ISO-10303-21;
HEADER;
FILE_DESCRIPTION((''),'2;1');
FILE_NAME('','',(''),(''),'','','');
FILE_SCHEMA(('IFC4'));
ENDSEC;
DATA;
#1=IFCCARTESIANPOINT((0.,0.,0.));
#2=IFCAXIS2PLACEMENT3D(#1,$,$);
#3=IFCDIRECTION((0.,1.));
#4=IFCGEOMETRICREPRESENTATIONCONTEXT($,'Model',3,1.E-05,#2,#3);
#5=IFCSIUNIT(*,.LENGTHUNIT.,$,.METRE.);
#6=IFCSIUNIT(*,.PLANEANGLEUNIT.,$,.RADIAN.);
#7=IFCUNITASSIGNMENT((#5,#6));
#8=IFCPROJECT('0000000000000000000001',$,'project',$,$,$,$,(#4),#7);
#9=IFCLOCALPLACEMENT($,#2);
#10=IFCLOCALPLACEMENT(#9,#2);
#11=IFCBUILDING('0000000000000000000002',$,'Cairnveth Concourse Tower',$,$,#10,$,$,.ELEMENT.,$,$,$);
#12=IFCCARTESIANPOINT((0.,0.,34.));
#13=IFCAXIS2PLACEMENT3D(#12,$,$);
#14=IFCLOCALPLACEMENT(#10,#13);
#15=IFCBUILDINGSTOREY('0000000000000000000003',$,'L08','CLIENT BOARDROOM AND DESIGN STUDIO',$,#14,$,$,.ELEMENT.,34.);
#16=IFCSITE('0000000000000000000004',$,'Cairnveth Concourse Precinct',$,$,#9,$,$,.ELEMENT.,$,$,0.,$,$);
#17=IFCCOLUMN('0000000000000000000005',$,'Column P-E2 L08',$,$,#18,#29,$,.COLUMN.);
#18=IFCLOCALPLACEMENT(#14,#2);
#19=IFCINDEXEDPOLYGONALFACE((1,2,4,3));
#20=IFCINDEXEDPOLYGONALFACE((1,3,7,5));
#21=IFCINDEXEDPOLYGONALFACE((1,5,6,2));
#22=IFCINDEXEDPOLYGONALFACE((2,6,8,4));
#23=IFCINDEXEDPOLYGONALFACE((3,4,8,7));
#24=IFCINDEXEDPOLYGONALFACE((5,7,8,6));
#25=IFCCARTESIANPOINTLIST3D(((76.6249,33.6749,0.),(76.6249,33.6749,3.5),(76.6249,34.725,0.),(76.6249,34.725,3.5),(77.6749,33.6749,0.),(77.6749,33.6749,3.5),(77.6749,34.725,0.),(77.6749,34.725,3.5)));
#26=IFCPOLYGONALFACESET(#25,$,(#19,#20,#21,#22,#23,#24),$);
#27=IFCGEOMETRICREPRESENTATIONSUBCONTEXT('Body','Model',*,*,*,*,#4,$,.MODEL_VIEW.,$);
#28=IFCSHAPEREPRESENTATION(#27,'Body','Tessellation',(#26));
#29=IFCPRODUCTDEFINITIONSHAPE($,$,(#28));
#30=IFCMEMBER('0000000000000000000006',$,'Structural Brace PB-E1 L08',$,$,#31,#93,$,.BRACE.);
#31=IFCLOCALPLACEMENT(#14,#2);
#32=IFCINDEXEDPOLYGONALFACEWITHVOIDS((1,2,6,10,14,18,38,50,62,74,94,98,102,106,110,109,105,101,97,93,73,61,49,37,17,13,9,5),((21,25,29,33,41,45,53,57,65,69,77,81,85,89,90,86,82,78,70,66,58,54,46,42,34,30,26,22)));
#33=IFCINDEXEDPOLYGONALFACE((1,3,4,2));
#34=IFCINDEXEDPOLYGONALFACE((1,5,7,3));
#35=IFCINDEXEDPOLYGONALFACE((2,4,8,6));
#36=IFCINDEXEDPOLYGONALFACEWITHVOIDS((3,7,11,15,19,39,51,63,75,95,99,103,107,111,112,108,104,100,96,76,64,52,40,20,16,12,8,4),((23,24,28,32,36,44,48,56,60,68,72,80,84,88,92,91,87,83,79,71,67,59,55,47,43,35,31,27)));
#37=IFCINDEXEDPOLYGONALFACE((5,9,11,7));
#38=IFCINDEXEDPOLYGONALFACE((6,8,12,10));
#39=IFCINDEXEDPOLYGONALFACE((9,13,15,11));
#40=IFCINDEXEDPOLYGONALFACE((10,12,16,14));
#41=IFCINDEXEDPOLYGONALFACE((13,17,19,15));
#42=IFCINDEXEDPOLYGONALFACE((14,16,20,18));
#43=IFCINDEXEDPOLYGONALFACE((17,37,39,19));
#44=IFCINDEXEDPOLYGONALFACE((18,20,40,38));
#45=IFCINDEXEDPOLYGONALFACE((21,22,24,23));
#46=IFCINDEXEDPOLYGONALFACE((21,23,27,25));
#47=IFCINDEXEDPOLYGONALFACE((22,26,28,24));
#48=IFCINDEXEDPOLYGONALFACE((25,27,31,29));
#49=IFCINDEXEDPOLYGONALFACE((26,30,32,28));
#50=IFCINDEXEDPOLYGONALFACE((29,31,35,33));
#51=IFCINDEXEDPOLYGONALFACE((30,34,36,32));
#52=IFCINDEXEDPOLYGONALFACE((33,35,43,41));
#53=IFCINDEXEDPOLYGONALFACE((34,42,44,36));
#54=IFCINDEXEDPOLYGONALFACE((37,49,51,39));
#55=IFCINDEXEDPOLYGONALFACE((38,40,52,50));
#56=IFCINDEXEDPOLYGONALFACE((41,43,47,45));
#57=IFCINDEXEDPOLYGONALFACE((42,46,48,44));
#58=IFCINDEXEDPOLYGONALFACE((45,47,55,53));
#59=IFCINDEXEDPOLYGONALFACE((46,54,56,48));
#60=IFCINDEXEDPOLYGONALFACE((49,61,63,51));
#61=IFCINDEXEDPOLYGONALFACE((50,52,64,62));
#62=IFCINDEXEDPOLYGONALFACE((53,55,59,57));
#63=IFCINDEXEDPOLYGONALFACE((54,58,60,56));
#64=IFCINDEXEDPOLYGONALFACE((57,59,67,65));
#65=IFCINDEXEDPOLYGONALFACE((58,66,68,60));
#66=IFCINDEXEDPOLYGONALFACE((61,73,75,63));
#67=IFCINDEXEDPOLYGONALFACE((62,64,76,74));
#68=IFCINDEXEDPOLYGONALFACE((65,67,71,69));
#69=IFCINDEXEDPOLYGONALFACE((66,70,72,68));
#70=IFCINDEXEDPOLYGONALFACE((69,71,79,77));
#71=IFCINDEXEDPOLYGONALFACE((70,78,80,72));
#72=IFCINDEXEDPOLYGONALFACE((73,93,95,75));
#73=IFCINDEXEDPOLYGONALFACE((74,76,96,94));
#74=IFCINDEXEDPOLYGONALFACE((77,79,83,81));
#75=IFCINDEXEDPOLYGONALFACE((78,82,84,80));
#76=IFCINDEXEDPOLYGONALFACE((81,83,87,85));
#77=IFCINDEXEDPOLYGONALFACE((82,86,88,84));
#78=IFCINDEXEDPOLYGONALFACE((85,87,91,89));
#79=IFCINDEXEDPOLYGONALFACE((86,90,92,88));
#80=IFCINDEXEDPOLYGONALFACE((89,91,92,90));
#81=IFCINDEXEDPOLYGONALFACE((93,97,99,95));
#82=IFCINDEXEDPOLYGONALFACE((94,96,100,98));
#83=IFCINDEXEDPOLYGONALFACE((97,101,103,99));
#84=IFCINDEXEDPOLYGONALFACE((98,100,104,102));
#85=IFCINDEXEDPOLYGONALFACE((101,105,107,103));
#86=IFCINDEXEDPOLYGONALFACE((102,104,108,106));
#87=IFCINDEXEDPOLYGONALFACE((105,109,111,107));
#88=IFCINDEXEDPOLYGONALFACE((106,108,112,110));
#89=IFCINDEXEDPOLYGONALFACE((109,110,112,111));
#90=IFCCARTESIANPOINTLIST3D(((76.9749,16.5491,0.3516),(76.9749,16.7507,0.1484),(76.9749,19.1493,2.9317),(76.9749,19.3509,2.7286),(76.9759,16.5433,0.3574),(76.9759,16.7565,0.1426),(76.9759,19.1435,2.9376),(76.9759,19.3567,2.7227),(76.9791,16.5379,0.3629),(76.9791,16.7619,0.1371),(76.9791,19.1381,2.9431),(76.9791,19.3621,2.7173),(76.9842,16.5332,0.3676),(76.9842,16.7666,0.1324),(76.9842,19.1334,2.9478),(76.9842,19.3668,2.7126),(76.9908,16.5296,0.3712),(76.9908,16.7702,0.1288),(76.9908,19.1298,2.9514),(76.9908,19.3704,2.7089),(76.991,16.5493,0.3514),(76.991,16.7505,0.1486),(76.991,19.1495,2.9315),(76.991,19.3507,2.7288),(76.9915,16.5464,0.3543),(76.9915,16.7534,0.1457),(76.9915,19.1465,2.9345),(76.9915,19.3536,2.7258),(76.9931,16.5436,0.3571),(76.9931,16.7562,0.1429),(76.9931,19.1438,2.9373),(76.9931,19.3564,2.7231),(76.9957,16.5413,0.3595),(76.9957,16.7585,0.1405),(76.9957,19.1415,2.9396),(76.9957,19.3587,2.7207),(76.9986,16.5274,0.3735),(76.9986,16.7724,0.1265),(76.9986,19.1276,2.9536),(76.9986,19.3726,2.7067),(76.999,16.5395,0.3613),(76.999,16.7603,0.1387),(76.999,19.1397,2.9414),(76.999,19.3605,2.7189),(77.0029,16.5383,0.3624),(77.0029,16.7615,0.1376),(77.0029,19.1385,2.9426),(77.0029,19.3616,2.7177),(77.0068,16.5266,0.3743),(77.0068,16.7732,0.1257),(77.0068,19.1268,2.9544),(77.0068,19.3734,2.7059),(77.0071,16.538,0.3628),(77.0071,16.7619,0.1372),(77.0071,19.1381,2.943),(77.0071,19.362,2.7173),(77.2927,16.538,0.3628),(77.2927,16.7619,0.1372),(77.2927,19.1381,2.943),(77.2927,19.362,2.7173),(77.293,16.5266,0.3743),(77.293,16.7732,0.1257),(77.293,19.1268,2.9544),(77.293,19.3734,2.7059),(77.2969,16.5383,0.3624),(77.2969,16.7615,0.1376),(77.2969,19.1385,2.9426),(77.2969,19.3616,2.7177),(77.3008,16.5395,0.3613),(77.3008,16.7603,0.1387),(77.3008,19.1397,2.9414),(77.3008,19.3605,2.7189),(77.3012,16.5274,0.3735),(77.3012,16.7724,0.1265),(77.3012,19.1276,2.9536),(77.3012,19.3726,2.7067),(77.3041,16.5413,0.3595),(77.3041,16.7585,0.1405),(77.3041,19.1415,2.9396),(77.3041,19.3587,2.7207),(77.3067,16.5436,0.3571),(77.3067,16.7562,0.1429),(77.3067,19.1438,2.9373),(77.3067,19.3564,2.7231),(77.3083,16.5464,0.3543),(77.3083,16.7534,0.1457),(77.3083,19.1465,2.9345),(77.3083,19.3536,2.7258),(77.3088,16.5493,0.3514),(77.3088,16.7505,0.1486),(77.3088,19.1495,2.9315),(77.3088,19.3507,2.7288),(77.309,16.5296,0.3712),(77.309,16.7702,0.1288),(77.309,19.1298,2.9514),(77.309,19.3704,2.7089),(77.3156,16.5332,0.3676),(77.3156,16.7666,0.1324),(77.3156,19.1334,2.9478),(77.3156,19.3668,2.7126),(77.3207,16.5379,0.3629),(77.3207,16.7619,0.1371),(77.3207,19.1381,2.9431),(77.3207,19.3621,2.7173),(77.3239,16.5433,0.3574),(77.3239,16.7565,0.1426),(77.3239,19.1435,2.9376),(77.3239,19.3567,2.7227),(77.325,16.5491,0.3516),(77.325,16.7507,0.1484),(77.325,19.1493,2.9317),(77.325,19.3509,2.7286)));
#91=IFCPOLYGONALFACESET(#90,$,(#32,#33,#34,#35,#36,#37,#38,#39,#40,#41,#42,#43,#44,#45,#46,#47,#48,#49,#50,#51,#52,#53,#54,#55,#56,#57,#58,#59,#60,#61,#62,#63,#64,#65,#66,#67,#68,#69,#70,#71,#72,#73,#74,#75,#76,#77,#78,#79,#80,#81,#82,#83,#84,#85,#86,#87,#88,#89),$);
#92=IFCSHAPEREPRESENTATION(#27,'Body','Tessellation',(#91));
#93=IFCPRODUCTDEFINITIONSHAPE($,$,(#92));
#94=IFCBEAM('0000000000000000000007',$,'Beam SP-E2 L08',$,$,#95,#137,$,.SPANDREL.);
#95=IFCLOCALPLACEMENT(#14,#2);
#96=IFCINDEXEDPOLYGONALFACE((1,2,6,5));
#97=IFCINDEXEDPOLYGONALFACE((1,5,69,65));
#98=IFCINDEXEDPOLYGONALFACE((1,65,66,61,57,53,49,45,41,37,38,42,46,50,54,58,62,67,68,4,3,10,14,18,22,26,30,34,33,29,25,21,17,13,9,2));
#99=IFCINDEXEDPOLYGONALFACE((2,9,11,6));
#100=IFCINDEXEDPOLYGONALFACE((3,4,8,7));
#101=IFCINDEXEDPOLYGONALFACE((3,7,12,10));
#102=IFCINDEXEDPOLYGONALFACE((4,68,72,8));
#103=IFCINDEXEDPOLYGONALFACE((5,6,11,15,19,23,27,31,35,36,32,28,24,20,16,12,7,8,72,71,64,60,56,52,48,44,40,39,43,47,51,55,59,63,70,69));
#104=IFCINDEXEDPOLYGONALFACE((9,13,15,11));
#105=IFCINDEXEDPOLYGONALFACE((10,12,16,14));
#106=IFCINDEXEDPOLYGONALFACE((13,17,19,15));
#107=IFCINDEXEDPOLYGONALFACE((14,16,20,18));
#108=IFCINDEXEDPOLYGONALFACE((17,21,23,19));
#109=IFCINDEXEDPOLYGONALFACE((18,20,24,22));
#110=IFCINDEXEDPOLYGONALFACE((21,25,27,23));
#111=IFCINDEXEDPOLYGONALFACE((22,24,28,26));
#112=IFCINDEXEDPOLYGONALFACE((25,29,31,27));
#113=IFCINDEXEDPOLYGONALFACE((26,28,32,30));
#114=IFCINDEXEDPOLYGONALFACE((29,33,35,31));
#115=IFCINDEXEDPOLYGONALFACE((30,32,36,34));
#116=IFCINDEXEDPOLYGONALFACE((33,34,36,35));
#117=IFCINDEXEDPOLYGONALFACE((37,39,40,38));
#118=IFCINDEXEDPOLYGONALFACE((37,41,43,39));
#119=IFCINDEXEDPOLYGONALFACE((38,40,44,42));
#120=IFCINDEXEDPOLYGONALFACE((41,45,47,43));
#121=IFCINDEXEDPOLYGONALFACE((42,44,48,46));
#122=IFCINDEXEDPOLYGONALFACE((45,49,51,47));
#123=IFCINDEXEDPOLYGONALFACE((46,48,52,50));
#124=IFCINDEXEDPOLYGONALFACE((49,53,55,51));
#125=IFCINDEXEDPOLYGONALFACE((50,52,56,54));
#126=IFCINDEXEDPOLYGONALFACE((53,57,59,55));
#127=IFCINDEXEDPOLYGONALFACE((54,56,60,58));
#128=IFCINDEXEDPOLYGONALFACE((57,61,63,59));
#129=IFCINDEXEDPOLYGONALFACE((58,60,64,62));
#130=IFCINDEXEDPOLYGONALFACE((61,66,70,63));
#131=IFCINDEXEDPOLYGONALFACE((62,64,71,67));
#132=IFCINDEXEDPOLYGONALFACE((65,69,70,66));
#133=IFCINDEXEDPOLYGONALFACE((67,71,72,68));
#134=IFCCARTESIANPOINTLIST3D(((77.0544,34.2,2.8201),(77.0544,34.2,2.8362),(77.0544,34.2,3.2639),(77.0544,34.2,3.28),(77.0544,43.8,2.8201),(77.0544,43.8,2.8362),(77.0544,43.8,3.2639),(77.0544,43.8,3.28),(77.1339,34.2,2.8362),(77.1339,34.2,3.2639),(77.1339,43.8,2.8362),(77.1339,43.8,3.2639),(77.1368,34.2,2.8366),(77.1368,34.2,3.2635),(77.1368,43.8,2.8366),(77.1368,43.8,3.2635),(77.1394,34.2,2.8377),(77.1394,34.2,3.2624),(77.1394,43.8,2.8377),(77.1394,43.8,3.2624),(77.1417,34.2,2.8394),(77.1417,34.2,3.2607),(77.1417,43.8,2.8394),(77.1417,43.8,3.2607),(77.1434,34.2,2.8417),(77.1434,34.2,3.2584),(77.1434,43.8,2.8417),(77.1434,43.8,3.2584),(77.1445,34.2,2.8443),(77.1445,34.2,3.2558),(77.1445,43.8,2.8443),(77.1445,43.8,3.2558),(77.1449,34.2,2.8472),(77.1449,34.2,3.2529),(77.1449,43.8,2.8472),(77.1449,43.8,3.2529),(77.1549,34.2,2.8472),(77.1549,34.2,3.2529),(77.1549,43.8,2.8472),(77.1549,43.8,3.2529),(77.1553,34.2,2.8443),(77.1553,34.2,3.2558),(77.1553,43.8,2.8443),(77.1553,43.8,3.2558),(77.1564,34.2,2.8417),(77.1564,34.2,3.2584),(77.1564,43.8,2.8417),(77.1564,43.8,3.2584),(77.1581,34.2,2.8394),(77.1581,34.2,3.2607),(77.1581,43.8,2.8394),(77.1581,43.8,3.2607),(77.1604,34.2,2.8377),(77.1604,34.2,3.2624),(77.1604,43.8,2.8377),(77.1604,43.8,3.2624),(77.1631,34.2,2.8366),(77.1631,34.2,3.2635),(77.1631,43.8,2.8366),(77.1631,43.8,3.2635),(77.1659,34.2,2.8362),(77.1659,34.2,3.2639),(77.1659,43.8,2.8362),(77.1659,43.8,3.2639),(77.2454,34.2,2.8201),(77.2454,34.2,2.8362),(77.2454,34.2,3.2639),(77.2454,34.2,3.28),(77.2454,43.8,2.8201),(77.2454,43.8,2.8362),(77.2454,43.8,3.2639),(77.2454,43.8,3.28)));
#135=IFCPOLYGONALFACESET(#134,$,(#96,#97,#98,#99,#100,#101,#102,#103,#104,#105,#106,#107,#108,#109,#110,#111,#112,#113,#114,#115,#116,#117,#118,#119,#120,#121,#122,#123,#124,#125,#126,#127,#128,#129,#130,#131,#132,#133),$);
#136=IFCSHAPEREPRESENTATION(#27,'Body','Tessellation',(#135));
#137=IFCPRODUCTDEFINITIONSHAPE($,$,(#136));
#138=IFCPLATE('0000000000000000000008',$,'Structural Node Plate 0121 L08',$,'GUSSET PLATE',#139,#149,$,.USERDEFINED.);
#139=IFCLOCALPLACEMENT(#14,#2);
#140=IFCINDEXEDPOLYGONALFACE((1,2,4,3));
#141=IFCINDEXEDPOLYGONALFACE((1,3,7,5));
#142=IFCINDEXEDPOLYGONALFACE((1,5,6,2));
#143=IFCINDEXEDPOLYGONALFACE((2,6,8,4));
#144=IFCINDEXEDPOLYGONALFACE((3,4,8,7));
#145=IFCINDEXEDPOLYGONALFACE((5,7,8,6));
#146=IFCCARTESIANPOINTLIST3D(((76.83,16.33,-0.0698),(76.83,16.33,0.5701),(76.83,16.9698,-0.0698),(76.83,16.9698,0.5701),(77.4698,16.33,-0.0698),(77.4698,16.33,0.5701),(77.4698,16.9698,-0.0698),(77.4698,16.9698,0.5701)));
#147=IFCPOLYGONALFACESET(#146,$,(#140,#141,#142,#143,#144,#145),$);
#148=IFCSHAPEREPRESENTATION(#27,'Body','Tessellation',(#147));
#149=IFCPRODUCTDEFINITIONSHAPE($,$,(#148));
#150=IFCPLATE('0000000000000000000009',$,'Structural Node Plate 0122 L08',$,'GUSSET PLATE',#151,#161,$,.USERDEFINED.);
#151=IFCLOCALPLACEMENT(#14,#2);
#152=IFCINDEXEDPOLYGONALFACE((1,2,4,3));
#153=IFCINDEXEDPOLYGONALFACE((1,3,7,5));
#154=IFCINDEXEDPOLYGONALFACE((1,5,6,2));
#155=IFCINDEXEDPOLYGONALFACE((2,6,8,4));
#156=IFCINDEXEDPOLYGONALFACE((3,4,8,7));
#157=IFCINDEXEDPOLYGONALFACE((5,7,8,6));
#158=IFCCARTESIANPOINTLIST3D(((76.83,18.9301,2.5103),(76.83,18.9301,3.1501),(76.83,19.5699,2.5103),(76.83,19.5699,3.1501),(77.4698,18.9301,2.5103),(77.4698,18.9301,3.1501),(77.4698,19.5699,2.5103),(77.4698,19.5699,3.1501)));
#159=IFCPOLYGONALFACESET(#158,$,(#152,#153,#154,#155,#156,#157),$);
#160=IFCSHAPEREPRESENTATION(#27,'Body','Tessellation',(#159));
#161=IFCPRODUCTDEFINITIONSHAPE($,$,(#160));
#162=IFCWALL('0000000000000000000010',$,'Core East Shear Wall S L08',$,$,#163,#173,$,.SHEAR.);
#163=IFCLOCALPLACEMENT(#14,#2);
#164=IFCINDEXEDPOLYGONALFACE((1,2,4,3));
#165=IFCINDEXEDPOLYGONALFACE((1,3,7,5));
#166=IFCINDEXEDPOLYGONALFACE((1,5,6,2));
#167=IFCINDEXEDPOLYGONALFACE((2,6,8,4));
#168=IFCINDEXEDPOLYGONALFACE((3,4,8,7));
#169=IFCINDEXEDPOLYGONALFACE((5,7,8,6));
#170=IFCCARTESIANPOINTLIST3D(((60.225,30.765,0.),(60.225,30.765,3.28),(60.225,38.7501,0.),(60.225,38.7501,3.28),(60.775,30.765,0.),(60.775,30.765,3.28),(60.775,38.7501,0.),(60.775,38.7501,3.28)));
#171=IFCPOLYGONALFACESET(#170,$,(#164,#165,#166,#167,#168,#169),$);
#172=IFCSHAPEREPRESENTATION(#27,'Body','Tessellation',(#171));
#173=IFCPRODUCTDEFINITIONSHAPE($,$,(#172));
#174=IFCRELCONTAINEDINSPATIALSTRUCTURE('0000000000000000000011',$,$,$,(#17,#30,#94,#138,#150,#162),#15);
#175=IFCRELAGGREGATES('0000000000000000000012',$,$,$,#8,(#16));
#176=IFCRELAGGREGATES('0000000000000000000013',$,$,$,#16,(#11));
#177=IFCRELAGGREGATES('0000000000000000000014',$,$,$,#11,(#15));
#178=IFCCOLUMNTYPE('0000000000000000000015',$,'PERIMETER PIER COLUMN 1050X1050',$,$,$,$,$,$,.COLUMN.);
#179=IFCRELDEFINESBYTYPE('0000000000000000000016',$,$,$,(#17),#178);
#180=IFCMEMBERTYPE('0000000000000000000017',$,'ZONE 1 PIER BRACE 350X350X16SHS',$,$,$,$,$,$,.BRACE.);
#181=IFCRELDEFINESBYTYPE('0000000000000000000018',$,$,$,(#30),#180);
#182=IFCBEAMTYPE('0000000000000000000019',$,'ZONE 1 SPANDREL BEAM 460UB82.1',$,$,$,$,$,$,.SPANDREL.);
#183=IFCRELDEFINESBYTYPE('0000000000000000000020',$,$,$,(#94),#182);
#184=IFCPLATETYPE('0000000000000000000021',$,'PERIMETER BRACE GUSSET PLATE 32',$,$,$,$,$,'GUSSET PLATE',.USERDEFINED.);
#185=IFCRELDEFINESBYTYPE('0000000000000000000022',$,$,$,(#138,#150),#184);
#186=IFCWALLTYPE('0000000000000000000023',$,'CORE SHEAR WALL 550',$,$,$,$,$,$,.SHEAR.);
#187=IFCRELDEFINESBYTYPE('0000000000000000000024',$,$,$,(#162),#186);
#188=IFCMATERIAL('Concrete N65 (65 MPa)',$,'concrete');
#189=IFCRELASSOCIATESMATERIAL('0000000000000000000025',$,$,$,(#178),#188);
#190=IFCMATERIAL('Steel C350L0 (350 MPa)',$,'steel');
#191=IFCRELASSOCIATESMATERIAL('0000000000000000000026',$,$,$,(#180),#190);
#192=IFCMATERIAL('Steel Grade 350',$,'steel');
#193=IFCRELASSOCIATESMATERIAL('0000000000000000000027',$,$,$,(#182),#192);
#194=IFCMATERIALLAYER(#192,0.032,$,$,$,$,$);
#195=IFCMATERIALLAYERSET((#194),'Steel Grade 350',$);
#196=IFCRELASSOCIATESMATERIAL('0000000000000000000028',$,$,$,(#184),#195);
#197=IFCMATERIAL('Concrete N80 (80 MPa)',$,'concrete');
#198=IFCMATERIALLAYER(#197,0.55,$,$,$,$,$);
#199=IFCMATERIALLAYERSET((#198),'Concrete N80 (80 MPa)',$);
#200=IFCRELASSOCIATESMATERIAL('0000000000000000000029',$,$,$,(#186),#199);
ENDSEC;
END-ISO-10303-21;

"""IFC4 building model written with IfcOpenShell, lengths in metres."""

from ifc_helpers import new_model, si_unit, direction, frame, frame_2d, origin, origin_2d, place, context, subcontext, project, spatial, rectangle, hollow_rectangle, i_section, extrude, material, layer, layer_set, material_profile, profile_set, type_object, element, save


model = new_model("IFC4")

# Units and contexts
model_context = context("Model", 3, precision=1e-05, world=origin(), true_north=direction((0.0, 1.0)))
body_context = subcontext(model_context, "Body", "Model", "MODEL_VIEW")
ifc_project = project(units=[si_unit("LENGTHUNIT", "METRE"), si_unit("PLANEANGLEUNIT", "RADIAN")], contexts=[model_context])

# Site, building, storey
site_placement = place(None, origin())
site = spatial("IfcSite", under=ifc_project, at=site_placement, Name="Cairnveth Concourse Precinct", CompositionType="ELEMENT", RefElevation=0.0)
building_placement = place(site_placement, origin())
building = spatial("IfcBuilding", under=site, at=building_placement, Name="Cairnveth Concourse Tower", CompositionType="ELEMENT")
storey_placement = place(building_placement, frame((0.0, 0.0, 34.0)))
storey = spatial("IfcBuildingStorey", under=building, at=storey_placement, Name="L08", Description="CLIENT BOARDROOM AND DESIGN STUDIO", CompositionType="ELEMENT", Elevation=34.0)

# Column
ifc_material_1 = material(Name="Concrete N65 (65 MPa)", Category="concrete")
ifc_material_profile_1 = material_profile(ifc_material_1, rectangle(XDim=1.05, YDim=1.05, at=origin_2d()), Name="RC-COL-1050x1050")
ifc_profile_set_1 = profile_set([ifc_material_profile_1], Name="Concrete N65 (65 MPa)")
column_type = type_object("IfcColumnType", Name="PERIMETER PIER COLUMN 1050X1050", PredefinedType="COLUMN", material=ifc_profile_set_1)
column_placement = place(storey_placement, frame((77.1499, 34.2, 0.0), z_axis=(0.0, 0.0, 1.0), x_axis=(0.0, 1.0, 0.0)))
element("IfcColumn", 1, at=column_placement, inside=storey, type_object=column_type, Name="Column P-E2 L08", PredefinedType="COLUMN", context=body_context, shape_type="SweptSolid", body=[
    extrude(rectangle(XDim=1.05, YDim=1.05, at=origin_2d()), origin(), (0.0, 0.0, 1.0), 3.5),
])

# Member
ifc_material_2 = material(Name="Steel C350L0 (350 MPa)", Category="steel")
ifc_material_profile_2 = material_profile(ifc_material_2, hollow_rectangle(XDim=0.3501, YDim=0.3501, WallThickness=0.0161, InnerFilletRadius=0.0161, OuterFilletRadius=0.032, at=origin_2d()), Name="350x350x16.0SHS")
ifc_profile_set_2 = profile_set([ifc_material_profile_2], Name="Steel C350L0 (350 MPa)")
member_type = type_object("IfcMemberType", Name="ZONE 1 PIER BRACE 350X350X16SHS", PredefinedType="BRACE", material=ifc_profile_set_2)
member_placement = place(storey_placement, frame((77.1499, 16.6499, 0.25), z_axis=(0.0, 0.709834, 0.704369), x_axis=(-1.0, 0.0, 0.0)))
element("IfcMember", 2, at=member_placement, inside=storey, type_object=member_type, Name="Structural Brace PB-E1 L08", PredefinedType="BRACE", context=body_context, shape_type="SweptSolid", body=[
    extrude(hollow_rectangle(XDim=0.3501, YDim=0.3501, WallThickness=0.0161, InnerFilletRadius=0.0161, OuterFilletRadius=0.032, at=origin_2d()), origin(), (0.0, 0.0, 1.0), 3.6631),
])

# Beam
ifc_material_3 = material(Name="Steel Grade 350", Category="steel")
ifc_material_profile_3 = material_profile(ifc_material_3, i_section(OverallWidth=0.1909, OverallDepth=0.46, WebThickness=0.01, FlangeThickness=0.0161, FilletRadius=0.011, at=origin_2d()), Name="460UB82.1")
ifc_profile_set_3 = profile_set([ifc_material_profile_3], Name="Steel Grade 350")
beam_type = type_object("IfcBeamType", Name="ZONE 1 SPANDREL BEAM 460UB82.1", PredefinedType="SPANDREL", material=ifc_profile_set_3)
beam_placement = place(storey_placement, frame((77.1499, 34.2, 3.05), z_axis=(0.0, 1.0, 0.0), x_axis=(-1.0, 0.0, 0.0)))
element("IfcBeam", 3, at=beam_placement, inside=storey, type_object=beam_type, Name="Beam SP-E2 L08", PredefinedType="SPANDREL", context=body_context, shape_type="SweptSolid", body=[
    extrude(i_section(OverallWidth=0.1909, OverallDepth=0.46, WebThickness=0.01, FlangeThickness=0.0161, FilletRadius=0.011, at=origin_2d()), origin(), (0.0, 0.0, 1.0), 9.6001),
])

# Plates
ifc_layer_1 = layer(ifc_material_3, 0.032)
ifc_layer_set_1 = layer_set([ifc_layer_1], Name="Steel Grade 350")
plate_type = type_object("IfcPlateType", Name="PERIMETER BRACE GUSSET PLATE 32", ElementType="GUSSET PLATE", PredefinedType="USERDEFINED", material=ifc_layer_set_1)
for number, where, z_axis, x_axis, name in (
    (4, (77.1499, 16.6499, -0.0698), (0.0, 0.0, 1.0), (1.0, 0.0, 0.0), "Structural Node Plate 0121 L08"),
    (5, (77.1499, 19.25, 2.5103), (0.0, 0.0, 1.0), (1.0, 0.0, 0.0), "Structural Node Plate 0122 L08"),
):
    element("IfcPlate", number, at=place(storey_placement, frame(where, z_axis=z_axis, x_axis=x_axis)), inside=storey, type_object=plate_type, Name=name, ObjectType="GUSSET PLATE", PredefinedType="USERDEFINED", context=body_context, shape_type="SweptSolid", body=[
        extrude(rectangle(XDim=0.6399, YDim=0.6399, at=origin_2d()), origin(), (0.0, 0.0, 1.0), 0.6399),
    ])

# Wall
ifc_material_4 = material(Name="Concrete N80 (80 MPa)", Category="concrete")
ifc_layer_2 = layer(ifc_material_4, 0.55)
ifc_layer_set_2 = layer_set([ifc_layer_2], Name="Concrete N80 (80 MPa)")
wall_type_1 = type_object("IfcWallType", Name="CORE SHEAR WALL 550", PredefinedType="SHEAR", material=ifc_layer_set_2)
wall_1_placement = place(storey_placement, frame((60.5, 30.7649, 0.0), z_axis=(0.0, 0.0, 1.0), x_axis=(0.0, 1.0, 0.0)))
element("IfcWall", 6, at=wall_1_placement, inside=storey, type_object=wall_type_1, Name="Core East Shear Wall S L08", PredefinedType="SHEAR", context=body_context, shape_type="SweptSolid", body=[
    extrude(rectangle(XDim=7.9851, YDim=0.55, at=frame_2d((3.9927, 0.0))), origin(), (0.0, 0.0, 1.0), 3.28),
])

save(model, "model.ifc")
